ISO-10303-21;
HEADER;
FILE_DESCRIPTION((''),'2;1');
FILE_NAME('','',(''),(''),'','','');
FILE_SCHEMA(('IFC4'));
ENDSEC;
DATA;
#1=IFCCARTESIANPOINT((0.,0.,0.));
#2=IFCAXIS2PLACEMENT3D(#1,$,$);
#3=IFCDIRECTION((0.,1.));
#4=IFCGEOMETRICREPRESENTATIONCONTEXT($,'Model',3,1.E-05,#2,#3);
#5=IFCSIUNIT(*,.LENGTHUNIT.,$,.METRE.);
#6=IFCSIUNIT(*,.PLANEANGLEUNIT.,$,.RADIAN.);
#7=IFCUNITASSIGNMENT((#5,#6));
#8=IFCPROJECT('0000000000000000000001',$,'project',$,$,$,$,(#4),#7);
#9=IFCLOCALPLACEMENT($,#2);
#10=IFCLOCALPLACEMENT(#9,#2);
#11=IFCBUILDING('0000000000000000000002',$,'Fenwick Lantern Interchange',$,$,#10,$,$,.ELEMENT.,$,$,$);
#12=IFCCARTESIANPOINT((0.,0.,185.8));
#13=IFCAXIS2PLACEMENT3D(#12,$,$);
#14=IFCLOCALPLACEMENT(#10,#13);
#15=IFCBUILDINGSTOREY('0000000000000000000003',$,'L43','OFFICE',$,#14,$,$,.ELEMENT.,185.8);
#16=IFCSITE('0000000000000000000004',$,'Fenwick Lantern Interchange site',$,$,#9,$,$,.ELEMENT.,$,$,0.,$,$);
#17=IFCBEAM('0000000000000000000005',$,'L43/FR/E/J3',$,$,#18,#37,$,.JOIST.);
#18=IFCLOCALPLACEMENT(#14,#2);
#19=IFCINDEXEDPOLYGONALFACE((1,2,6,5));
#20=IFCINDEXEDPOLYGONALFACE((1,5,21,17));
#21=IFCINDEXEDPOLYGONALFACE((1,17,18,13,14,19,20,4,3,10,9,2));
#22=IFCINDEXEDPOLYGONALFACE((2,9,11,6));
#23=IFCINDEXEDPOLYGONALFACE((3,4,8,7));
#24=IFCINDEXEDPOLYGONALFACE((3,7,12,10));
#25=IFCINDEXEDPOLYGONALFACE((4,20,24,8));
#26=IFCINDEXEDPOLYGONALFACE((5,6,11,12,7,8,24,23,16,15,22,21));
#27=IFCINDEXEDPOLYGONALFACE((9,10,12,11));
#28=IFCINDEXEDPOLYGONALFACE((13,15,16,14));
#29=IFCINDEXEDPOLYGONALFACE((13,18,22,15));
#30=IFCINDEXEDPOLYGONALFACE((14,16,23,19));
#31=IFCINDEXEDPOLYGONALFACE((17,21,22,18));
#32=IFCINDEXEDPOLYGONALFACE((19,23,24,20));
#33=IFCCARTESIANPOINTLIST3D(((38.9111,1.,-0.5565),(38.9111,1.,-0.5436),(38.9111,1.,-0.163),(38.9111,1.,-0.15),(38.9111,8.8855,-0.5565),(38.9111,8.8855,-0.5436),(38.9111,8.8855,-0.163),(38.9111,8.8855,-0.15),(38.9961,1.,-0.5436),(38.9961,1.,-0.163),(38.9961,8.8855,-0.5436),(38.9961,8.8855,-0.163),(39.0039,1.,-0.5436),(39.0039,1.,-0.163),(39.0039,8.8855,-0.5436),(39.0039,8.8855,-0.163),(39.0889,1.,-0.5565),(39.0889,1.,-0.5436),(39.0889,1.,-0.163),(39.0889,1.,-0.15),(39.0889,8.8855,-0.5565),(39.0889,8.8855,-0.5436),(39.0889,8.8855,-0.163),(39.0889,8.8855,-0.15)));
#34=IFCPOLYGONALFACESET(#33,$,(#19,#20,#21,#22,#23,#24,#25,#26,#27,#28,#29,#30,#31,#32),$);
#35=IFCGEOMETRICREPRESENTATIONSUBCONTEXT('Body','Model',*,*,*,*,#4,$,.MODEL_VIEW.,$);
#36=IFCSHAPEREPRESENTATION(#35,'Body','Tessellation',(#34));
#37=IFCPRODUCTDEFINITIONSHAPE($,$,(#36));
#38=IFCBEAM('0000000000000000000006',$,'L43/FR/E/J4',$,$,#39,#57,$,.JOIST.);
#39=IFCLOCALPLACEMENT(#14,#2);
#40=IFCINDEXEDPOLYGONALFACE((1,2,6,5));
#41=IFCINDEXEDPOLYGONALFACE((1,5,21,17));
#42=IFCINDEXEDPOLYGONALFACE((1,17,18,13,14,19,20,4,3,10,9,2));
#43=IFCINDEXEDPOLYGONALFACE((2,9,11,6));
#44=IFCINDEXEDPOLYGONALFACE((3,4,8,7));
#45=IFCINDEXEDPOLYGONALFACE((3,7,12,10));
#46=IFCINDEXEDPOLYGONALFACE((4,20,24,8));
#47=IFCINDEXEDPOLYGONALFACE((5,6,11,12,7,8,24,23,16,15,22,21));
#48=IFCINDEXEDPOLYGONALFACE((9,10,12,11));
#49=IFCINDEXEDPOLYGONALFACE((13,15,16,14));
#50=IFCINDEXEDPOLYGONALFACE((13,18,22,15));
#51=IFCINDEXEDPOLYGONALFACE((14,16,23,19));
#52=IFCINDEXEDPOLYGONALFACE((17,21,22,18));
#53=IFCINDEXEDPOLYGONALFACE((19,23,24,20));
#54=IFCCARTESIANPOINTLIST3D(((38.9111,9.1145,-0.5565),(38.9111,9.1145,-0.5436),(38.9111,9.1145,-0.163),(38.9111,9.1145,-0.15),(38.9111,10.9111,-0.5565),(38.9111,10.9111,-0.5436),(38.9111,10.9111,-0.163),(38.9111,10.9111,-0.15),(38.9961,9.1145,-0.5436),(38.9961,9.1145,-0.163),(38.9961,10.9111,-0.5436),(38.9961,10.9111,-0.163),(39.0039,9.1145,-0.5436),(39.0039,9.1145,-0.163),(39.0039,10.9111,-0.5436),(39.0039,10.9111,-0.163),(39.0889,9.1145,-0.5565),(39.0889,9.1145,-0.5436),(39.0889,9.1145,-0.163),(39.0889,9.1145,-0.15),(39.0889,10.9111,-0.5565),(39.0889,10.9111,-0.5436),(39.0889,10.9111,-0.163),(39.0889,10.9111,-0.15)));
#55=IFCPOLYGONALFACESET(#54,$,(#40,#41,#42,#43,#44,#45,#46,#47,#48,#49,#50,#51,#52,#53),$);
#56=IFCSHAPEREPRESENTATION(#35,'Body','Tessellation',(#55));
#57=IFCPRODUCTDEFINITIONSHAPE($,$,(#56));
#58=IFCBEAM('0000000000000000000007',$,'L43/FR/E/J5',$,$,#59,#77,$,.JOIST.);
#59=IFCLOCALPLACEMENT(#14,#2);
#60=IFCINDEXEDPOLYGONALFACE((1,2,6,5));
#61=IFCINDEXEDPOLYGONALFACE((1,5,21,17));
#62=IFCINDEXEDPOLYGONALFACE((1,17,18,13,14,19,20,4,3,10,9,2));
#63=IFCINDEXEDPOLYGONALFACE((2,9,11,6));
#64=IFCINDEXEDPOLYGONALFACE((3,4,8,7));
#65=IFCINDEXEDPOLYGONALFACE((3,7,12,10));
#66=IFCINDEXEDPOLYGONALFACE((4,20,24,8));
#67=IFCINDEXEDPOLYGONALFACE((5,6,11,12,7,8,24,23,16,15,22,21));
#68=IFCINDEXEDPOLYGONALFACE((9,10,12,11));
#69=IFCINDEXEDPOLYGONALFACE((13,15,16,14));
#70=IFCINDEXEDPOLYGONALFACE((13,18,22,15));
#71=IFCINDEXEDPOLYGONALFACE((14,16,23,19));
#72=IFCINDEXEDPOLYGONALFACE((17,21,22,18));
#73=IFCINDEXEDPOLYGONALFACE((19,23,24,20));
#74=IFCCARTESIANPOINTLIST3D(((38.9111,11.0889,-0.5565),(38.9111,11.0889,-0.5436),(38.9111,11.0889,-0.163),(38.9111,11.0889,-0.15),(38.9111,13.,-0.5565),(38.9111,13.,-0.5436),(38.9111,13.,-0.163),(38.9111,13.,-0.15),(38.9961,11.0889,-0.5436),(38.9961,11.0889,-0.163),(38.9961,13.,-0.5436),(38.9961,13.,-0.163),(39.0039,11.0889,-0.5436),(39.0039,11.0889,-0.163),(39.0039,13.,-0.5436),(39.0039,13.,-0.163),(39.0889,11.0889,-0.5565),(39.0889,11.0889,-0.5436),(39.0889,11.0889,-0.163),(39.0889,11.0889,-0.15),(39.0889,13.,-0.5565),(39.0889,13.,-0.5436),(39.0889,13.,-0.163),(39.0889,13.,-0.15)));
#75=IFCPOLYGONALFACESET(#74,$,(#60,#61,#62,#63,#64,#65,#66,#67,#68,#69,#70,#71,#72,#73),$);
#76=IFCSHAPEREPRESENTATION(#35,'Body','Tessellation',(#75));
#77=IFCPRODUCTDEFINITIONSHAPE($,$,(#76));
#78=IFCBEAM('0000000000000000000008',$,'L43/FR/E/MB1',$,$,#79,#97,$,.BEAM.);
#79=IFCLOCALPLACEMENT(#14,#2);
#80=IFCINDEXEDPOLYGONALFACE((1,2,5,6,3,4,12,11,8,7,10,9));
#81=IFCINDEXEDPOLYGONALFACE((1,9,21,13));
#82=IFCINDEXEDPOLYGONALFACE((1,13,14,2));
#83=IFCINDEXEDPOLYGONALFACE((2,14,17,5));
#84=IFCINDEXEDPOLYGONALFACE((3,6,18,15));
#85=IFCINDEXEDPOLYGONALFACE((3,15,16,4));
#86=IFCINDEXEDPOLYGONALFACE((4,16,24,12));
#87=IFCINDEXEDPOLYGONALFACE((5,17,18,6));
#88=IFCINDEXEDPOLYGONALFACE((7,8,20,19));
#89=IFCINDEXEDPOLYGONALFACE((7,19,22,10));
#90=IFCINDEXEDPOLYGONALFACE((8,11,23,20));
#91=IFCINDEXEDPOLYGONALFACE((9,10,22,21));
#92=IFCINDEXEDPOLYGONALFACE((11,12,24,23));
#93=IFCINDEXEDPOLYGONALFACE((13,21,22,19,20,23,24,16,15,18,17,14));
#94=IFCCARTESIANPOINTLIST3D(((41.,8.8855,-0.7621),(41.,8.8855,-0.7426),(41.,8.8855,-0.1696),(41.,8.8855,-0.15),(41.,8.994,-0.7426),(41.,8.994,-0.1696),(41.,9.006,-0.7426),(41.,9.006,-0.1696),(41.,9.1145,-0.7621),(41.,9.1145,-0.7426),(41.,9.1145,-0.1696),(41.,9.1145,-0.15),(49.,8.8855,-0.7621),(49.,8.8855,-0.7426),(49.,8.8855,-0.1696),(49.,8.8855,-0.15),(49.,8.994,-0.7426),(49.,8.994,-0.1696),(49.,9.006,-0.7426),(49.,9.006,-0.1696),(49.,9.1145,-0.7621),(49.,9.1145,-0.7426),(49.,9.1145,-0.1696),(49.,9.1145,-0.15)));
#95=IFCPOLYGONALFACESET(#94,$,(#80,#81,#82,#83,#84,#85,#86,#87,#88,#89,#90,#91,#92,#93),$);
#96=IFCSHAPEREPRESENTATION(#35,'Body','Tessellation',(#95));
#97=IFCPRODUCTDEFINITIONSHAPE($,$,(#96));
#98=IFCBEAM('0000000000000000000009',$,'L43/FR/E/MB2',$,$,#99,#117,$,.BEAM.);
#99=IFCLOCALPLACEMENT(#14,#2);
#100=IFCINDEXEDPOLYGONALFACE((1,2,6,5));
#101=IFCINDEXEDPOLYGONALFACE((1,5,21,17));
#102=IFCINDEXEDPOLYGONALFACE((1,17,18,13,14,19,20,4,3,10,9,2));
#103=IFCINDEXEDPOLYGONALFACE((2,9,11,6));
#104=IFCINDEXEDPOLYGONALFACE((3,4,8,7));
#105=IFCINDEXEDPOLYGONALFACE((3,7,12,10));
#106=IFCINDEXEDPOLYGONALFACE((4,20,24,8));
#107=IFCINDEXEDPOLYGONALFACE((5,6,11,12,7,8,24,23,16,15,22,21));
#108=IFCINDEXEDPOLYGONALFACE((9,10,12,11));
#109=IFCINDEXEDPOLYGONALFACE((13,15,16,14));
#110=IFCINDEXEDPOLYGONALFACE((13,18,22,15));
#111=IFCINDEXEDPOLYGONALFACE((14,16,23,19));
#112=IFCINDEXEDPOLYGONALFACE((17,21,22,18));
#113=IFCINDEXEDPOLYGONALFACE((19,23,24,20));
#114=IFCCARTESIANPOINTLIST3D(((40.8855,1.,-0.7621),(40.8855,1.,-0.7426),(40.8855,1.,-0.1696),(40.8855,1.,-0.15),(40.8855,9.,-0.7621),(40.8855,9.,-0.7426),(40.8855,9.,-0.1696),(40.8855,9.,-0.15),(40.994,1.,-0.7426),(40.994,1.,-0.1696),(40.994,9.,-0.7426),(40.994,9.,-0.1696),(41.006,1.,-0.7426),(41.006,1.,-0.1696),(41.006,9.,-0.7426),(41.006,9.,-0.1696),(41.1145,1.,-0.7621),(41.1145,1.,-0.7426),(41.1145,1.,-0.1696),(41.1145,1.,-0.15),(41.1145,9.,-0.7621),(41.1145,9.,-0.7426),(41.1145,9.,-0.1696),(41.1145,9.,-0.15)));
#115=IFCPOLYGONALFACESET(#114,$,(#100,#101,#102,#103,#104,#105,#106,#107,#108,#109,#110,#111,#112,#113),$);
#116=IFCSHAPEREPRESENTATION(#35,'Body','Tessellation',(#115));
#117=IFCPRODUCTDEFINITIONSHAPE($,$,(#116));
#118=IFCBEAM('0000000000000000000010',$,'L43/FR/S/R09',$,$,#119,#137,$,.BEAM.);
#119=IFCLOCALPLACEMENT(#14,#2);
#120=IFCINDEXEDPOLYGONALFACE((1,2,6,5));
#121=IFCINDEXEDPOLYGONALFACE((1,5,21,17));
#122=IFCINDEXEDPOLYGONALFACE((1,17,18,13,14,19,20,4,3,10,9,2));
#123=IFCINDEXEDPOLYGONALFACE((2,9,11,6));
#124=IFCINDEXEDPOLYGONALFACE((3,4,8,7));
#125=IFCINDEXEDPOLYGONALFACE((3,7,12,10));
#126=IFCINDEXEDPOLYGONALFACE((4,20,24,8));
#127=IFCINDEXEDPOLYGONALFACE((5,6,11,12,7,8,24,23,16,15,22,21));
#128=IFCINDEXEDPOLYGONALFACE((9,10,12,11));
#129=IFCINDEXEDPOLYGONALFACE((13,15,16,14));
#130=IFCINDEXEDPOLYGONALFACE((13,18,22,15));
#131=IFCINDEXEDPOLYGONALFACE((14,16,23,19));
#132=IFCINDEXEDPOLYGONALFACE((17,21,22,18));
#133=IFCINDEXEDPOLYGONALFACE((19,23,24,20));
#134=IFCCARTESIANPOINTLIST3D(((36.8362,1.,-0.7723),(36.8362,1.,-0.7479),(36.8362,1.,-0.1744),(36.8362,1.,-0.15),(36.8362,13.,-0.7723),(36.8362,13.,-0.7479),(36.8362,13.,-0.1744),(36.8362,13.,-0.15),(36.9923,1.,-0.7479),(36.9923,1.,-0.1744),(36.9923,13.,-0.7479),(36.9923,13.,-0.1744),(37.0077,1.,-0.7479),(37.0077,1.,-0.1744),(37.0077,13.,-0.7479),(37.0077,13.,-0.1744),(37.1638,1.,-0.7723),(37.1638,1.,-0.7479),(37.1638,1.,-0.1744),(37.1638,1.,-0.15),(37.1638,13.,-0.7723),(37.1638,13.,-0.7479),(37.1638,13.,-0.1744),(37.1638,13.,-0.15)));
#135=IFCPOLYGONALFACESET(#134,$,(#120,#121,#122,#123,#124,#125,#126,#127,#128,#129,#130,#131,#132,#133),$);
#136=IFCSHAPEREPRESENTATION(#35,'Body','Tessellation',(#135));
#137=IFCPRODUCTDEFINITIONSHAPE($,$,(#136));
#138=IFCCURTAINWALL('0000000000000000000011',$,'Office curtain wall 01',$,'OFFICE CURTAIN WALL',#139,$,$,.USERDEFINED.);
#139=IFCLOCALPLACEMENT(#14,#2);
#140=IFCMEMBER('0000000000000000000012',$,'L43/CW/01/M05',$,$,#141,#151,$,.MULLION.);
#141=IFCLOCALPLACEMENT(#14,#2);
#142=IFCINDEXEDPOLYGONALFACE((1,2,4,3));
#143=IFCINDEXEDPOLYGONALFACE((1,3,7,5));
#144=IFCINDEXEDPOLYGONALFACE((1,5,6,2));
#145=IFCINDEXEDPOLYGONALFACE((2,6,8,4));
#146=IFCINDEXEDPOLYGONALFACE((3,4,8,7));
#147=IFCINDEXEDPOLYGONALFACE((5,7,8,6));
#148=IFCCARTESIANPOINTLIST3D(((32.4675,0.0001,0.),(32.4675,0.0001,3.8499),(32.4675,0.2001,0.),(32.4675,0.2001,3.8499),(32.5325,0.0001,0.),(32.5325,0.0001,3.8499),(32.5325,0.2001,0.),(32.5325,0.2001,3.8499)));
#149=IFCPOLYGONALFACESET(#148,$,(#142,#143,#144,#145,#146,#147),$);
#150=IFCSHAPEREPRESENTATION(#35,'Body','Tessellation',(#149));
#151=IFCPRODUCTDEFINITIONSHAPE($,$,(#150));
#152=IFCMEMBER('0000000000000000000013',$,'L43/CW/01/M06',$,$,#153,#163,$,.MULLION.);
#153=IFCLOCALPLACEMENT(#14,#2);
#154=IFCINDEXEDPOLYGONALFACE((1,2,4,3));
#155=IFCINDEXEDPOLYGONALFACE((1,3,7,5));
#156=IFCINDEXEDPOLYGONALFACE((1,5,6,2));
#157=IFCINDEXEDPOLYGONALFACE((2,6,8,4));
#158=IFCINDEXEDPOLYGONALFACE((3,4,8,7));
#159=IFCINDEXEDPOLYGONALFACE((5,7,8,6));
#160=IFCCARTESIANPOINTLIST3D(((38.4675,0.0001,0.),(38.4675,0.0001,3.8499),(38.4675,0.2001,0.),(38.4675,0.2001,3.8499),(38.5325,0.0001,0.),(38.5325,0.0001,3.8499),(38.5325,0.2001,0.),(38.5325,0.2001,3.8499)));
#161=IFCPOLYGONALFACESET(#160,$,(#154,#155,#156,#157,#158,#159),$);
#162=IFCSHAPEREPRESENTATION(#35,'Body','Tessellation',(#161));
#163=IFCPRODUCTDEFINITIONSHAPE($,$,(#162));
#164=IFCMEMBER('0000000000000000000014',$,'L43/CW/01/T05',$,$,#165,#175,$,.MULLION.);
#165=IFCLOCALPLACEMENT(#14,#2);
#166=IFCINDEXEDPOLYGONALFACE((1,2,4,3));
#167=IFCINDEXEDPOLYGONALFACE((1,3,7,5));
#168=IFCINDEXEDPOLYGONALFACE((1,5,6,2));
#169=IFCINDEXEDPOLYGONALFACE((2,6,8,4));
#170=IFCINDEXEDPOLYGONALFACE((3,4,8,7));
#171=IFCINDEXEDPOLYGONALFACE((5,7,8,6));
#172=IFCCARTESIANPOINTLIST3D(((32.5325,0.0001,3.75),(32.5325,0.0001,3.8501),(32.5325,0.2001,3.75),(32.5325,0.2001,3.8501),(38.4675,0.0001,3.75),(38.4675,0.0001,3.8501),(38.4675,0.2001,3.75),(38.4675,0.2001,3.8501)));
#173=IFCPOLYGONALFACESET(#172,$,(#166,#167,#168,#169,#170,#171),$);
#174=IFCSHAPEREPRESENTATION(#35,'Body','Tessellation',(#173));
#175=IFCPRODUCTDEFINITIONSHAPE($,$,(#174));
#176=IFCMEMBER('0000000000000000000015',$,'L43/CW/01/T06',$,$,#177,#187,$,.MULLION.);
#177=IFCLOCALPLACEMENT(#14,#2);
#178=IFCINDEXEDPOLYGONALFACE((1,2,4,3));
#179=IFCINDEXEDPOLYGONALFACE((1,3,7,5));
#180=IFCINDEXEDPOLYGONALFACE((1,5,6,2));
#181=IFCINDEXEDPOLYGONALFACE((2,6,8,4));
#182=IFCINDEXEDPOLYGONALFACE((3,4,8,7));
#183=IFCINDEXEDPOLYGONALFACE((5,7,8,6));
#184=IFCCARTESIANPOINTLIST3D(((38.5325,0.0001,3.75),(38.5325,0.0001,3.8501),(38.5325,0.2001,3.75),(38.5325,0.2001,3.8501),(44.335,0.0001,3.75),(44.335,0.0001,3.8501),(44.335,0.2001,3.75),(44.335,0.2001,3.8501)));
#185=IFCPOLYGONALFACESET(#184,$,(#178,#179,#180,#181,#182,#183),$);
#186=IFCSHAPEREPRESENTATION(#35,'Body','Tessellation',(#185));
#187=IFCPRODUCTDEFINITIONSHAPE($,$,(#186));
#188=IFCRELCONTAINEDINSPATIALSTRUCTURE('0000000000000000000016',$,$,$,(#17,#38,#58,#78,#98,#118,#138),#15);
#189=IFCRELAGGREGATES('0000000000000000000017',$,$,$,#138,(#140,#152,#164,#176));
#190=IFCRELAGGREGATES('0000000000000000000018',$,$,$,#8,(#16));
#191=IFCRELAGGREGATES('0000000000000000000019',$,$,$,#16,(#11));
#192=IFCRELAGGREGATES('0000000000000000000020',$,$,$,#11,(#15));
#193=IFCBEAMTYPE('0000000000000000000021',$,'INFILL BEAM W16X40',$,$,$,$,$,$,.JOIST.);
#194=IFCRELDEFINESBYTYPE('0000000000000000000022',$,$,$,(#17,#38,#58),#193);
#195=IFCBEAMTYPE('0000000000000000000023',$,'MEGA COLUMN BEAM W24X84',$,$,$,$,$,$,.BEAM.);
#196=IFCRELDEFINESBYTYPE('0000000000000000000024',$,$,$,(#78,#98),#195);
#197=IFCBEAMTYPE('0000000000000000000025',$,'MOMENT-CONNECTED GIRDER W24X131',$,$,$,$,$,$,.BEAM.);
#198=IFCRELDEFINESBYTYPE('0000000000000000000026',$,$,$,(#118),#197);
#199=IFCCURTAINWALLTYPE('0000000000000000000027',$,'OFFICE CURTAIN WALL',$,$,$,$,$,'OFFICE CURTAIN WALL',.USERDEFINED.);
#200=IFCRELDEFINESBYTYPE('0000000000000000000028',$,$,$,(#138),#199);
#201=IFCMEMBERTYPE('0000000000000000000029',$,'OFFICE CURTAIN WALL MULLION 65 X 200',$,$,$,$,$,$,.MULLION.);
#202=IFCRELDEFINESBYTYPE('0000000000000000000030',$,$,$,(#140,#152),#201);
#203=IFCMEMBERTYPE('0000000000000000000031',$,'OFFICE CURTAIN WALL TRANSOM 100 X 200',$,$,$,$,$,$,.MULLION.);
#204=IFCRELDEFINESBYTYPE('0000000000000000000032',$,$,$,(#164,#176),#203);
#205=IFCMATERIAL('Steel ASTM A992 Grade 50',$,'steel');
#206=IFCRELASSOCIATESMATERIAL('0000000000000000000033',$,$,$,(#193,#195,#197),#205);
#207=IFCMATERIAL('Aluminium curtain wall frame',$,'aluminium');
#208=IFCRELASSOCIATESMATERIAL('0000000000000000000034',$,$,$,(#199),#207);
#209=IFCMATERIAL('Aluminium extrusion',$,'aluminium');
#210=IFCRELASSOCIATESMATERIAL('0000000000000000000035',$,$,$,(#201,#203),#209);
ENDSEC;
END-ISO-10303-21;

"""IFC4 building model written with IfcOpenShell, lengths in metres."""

from ifc_helpers import new_model, si_unit, direction, frame, origin, origin_2d, place, context, subcontext, project, spatial, rectangle, i_section, extrude, material, material_profile, profile_set, type_object, element, aggregate, save


model = new_model("IFC4")

# Units and contexts
model_context = context("Model", 3, precision=1e-05, world=origin(), true_north=direction((0.0, 1.0)))
body_context = subcontext(model_context, "Body", "Model", "MODEL_VIEW")
ifc_project = project(units=[si_unit("LENGTHUNIT", "METRE"), si_unit("PLANEANGLEUNIT", "RADIAN")], contexts=[model_context])

# Site, building, storey
site_placement = place(None, origin())
site = spatial("IfcSite", under=ifc_project, at=site_placement, Name="Fenwick Lantern Interchange site", CompositionType="ELEMENT", RefElevation=0.0)
building_placement = place(site_placement, origin())
building = spatial("IfcBuilding", under=site, at=building_placement, Name="Fenwick Lantern Interchange", CompositionType="ELEMENT")
storey_placement = place(building_placement, frame((0.0, 0.0, 185.8)))
storey = spatial("IfcBuildingStorey", under=building, at=storey_placement, Name="L43", Description="OFFICE", CompositionType="ELEMENT", Elevation=185.8)

# Beams
ifc_material_1 = material(Name="Steel ASTM A992 Grade 50", Category="steel")
ifc_material_profile_1 = material_profile(ifc_material_1, i_section(OverallWidth=0.1777, OverallDepth=0.4065, WebThickness=0.0078, FlangeThickness=0.0129, at=origin_2d()), Name="W16X40")
ifc_profile_set_1 = profile_set([ifc_material_profile_1], Name="Steel ASTM A992 Grade 50")
beam_type_1 = type_object("IfcBeamType", Name="INFILL BEAM W16X40", PredefinedType="JOIST", material=ifc_profile_set_1)
beam_1_placement = place(storey_placement, frame((39.0, 1.0, -0.3533), z_axis=(0.0, 1.0, 0.0), x_axis=(-1.0, 0.0, 0.0)))
element("IfcBeam", 1, at=beam_1_placement, inside=storey, type_object=beam_type_1, Name="L43/FR/E/J3", PredefinedType="JOIST", context=body_context, shape_type="SweptSolid", body=[
    extrude(i_section(OverallWidth=0.1777, OverallDepth=0.4065, WebThickness=0.0078, FlangeThickness=0.0129, at=origin_2d()), origin(), (0.0, 0.0, 1.0), 7.8855),
])
beam_2_placement = place(storey_placement, frame((39.0, 9.1145, -0.3533), z_axis=(0.0, 1.0, 0.0), x_axis=(-1.0, 0.0, 0.0)))
element("IfcBeam", 2, at=beam_2_placement, inside=storey, type_object=beam_type_1, Name="L43/FR/E/J4", PredefinedType="JOIST", context=body_context, shape_type="SweptSolid", body=[
    extrude(i_section(OverallWidth=0.1777, OverallDepth=0.4065, WebThickness=0.0078, FlangeThickness=0.0129, at=origin_2d()), origin(), (0.0, 0.0, 1.0), 1.7966),
])
beam_3_placement = place(storey_placement, frame((39.0, 11.0889, -0.3533), z_axis=(0.0, 1.0, 0.0), x_axis=(-1.0, 0.0, 0.0)))
element("IfcBeam", 3, at=beam_3_placement, inside=storey, type_object=beam_type_1, Name="L43/FR/E/J5", PredefinedType="JOIST", context=body_context, shape_type="SweptSolid", body=[
    extrude(i_section(OverallWidth=0.1777, OverallDepth=0.4065, WebThickness=0.0078, FlangeThickness=0.0129, at=origin_2d()), origin(), (0.0, 0.0, 1.0), 1.9111),
])
ifc_material_profile_2 = material_profile(ifc_material_1, i_section(OverallWidth=0.229, OverallDepth=0.6121, WebThickness=0.012, FlangeThickness=0.0195, at=origin_2d()), Name="W24X84")
ifc_profile_set_2 = profile_set([ifc_material_profile_2], Name="Steel ASTM A992 Grade 50")
beam_type_2 = type_object("IfcBeamType", Name="MEGA COLUMN BEAM W24X84", PredefinedType="BEAM", material=ifc_profile_set_2)
for number, where, z_axis, x_axis, name in (
    (4, (41.0, 9.0, -0.4561), (1.0, 0.0, 0.0), (0.0, 1.0, 0.0), "L43/FR/E/MB1"),
    (5, (41.0, 9.0, -0.4561), (0.0, -1.0, 0.0), (1.0, 0.0, 0.0), "L43/FR/E/MB2"),
):
    element("IfcBeam", number, at=place(storey_placement, frame(where, z_axis=z_axis, x_axis=x_axis)), inside=storey, type_object=beam_type_2, Name=name, PredefinedType="BEAM", context=body_context, shape_type="SweptSolid", body=[
        extrude(i_section(OverallWidth=0.229, OverallDepth=0.6121, WebThickness=0.012, FlangeThickness=0.0195, at=origin_2d()), origin(), (0.0, 0.0, 1.0), 8.0),
    ])
ifc_material_profile_3 = material_profile(ifc_material_1, i_section(OverallWidth=0.3276, OverallDepth=0.6223, WebThickness=0.0154, FlangeThickness=0.0244, at=origin_2d()), Name="W24X131")
ifc_profile_set_3 = profile_set([ifc_material_profile_3], Name="Steel ASTM A992 Grade 50")
beam_type_3 = type_object("IfcBeamType", Name="MOMENT-CONNECTED GIRDER W24X131", PredefinedType="BEAM", material=ifc_profile_set_3)
beam_4_placement = place(storey_placement, frame((37.0, 1.0, -0.4612), z_axis=(0.0, 1.0, 0.0), x_axis=(-1.0, 0.0, 0.0)))
element("IfcBeam", 6, at=beam_4_placement, inside=storey, type_object=beam_type_3, Name="L43/FR/S/R09", PredefinedType="BEAM", context=body_context, shape_type="SweptSolid", body=[
    extrude(i_section(OverallWidth=0.3276, OverallDepth=0.6223, WebThickness=0.0154, FlangeThickness=0.0244, at=origin_2d()), origin(), (0.0, 0.0, 1.0), 12.0),
])

# Curtain wall, members
ifc_material_2 = material(Name="Aluminium curtain wall frame", Category="aluminium")
curtain_wall_type = type_object("IfcCurtainWallType", Name="OFFICE CURTAIN WALL", ElementType="OFFICE CURTAIN WALL", PredefinedType="USERDEFINED", material=ifc_material_2)
curtain_wall_placement = place(storey_placement, origin())
curtain_wall = element("IfcCurtainWall", 7, at=curtain_wall_placement, inside=storey, type_object=curtain_wall_type, Name="Office curtain wall 01", ObjectType="OFFICE CURTAIN WALL", PredefinedType="USERDEFINED")
ifc_material_3 = material(Name="Aluminium extrusion", Category="aluminium")
ifc_material_profile_4 = material_profile(ifc_material_3, rectangle(XDim=0.2, YDim=0.0649, at=origin_2d()), Name="OFFICE CURTAIN WALL MULLION 65 X 200")
ifc_profile_set_4 = profile_set([ifc_material_profile_4], Name="Aluminium extrusion")
member_type_1 = type_object("IfcMemberType", Name="OFFICE CURTAIN WALL MULLION 65 X 200", PredefinedType="MULLION", material=ifc_profile_set_4)
member_1_placement = place(storey_placement, frame((32.5, 0.1001, 0.0), z_axis=(0.0, 0.0, 1.0), x_axis=(0.0, 1.0, 0.0)))
member_1 = element("IfcMember", 8, at=member_1_placement, type_object=member_type_1, Name="L43/CW/01/M05", PredefinedType="MULLION", context=body_context, shape_type="SweptSolid", body=[
    extrude(rectangle(XDim=0.2, YDim=0.0649, at=origin_2d()), origin(), (0.0, 0.0, 1.0), 3.8499),
])
member_2_placement = place(storey_placement, frame((38.5, 0.1001, 0.0), z_axis=(0.0, 0.0, 1.0), x_axis=(0.0, 1.0, 0.0)))
member_2 = element("IfcMember", 9, at=member_2_placement, type_object=member_type_1, Name="L43/CW/01/M06", PredefinedType="MULLION", context=body_context, shape_type="SweptSolid", body=[
    extrude(rectangle(XDim=0.2, YDim=0.0649, at=origin_2d()), origin(), (0.0, 0.0, 1.0), 3.8499),
])
ifc_material_profile_5 = material_profile(ifc_material_3, rectangle(XDim=0.2, YDim=0.1001, at=origin_2d()), Name="OFFICE CURTAIN WALL TRANSOM 100 X 200")
ifc_profile_set_5 = profile_set([ifc_material_profile_5], Name="Aluminium extrusion")
member_type_2 = type_object("IfcMemberType", Name="OFFICE CURTAIN WALL TRANSOM 100 X 200", PredefinedType="MULLION", material=ifc_profile_set_5)
member_3_placement = place(storey_placement, frame((32.5325, 0.1001, 3.8), z_axis=(1.0, 0.0, 0.0), x_axis=(0.0, 1.0, 0.0)))
member_3 = element("IfcMember", 10, at=member_3_placement, type_object=member_type_2, Name="L43/CW/01/T05", PredefinedType="MULLION", context=body_context, shape_type="SweptSolid", body=[
    extrude(rectangle(XDim=0.2, YDim=0.1001, at=origin_2d()), origin(), (0.0, 0.0, 1.0), 5.9351),
])
member_4_placement = place(storey_placement, frame((38.5325, 0.1001, 3.8), z_axis=(1.0, 0.0, 0.0), x_axis=(0.0, 1.0, 0.0)))
member_4 = element("IfcMember", 11, at=member_4_placement, type_object=member_type_2, Name="L43/CW/01/T06", PredefinedType="MULLION", context=body_context, shape_type="SweptSolid", body=[
    extrude(rectangle(XDim=0.2, YDim=0.1001, at=origin_2d()), origin(), (0.0, 0.0, 1.0), 5.8025),
])
aggregate(curtain_wall, [member_1, member_2, member_3, member_4])

save(model, "model.ifc")
